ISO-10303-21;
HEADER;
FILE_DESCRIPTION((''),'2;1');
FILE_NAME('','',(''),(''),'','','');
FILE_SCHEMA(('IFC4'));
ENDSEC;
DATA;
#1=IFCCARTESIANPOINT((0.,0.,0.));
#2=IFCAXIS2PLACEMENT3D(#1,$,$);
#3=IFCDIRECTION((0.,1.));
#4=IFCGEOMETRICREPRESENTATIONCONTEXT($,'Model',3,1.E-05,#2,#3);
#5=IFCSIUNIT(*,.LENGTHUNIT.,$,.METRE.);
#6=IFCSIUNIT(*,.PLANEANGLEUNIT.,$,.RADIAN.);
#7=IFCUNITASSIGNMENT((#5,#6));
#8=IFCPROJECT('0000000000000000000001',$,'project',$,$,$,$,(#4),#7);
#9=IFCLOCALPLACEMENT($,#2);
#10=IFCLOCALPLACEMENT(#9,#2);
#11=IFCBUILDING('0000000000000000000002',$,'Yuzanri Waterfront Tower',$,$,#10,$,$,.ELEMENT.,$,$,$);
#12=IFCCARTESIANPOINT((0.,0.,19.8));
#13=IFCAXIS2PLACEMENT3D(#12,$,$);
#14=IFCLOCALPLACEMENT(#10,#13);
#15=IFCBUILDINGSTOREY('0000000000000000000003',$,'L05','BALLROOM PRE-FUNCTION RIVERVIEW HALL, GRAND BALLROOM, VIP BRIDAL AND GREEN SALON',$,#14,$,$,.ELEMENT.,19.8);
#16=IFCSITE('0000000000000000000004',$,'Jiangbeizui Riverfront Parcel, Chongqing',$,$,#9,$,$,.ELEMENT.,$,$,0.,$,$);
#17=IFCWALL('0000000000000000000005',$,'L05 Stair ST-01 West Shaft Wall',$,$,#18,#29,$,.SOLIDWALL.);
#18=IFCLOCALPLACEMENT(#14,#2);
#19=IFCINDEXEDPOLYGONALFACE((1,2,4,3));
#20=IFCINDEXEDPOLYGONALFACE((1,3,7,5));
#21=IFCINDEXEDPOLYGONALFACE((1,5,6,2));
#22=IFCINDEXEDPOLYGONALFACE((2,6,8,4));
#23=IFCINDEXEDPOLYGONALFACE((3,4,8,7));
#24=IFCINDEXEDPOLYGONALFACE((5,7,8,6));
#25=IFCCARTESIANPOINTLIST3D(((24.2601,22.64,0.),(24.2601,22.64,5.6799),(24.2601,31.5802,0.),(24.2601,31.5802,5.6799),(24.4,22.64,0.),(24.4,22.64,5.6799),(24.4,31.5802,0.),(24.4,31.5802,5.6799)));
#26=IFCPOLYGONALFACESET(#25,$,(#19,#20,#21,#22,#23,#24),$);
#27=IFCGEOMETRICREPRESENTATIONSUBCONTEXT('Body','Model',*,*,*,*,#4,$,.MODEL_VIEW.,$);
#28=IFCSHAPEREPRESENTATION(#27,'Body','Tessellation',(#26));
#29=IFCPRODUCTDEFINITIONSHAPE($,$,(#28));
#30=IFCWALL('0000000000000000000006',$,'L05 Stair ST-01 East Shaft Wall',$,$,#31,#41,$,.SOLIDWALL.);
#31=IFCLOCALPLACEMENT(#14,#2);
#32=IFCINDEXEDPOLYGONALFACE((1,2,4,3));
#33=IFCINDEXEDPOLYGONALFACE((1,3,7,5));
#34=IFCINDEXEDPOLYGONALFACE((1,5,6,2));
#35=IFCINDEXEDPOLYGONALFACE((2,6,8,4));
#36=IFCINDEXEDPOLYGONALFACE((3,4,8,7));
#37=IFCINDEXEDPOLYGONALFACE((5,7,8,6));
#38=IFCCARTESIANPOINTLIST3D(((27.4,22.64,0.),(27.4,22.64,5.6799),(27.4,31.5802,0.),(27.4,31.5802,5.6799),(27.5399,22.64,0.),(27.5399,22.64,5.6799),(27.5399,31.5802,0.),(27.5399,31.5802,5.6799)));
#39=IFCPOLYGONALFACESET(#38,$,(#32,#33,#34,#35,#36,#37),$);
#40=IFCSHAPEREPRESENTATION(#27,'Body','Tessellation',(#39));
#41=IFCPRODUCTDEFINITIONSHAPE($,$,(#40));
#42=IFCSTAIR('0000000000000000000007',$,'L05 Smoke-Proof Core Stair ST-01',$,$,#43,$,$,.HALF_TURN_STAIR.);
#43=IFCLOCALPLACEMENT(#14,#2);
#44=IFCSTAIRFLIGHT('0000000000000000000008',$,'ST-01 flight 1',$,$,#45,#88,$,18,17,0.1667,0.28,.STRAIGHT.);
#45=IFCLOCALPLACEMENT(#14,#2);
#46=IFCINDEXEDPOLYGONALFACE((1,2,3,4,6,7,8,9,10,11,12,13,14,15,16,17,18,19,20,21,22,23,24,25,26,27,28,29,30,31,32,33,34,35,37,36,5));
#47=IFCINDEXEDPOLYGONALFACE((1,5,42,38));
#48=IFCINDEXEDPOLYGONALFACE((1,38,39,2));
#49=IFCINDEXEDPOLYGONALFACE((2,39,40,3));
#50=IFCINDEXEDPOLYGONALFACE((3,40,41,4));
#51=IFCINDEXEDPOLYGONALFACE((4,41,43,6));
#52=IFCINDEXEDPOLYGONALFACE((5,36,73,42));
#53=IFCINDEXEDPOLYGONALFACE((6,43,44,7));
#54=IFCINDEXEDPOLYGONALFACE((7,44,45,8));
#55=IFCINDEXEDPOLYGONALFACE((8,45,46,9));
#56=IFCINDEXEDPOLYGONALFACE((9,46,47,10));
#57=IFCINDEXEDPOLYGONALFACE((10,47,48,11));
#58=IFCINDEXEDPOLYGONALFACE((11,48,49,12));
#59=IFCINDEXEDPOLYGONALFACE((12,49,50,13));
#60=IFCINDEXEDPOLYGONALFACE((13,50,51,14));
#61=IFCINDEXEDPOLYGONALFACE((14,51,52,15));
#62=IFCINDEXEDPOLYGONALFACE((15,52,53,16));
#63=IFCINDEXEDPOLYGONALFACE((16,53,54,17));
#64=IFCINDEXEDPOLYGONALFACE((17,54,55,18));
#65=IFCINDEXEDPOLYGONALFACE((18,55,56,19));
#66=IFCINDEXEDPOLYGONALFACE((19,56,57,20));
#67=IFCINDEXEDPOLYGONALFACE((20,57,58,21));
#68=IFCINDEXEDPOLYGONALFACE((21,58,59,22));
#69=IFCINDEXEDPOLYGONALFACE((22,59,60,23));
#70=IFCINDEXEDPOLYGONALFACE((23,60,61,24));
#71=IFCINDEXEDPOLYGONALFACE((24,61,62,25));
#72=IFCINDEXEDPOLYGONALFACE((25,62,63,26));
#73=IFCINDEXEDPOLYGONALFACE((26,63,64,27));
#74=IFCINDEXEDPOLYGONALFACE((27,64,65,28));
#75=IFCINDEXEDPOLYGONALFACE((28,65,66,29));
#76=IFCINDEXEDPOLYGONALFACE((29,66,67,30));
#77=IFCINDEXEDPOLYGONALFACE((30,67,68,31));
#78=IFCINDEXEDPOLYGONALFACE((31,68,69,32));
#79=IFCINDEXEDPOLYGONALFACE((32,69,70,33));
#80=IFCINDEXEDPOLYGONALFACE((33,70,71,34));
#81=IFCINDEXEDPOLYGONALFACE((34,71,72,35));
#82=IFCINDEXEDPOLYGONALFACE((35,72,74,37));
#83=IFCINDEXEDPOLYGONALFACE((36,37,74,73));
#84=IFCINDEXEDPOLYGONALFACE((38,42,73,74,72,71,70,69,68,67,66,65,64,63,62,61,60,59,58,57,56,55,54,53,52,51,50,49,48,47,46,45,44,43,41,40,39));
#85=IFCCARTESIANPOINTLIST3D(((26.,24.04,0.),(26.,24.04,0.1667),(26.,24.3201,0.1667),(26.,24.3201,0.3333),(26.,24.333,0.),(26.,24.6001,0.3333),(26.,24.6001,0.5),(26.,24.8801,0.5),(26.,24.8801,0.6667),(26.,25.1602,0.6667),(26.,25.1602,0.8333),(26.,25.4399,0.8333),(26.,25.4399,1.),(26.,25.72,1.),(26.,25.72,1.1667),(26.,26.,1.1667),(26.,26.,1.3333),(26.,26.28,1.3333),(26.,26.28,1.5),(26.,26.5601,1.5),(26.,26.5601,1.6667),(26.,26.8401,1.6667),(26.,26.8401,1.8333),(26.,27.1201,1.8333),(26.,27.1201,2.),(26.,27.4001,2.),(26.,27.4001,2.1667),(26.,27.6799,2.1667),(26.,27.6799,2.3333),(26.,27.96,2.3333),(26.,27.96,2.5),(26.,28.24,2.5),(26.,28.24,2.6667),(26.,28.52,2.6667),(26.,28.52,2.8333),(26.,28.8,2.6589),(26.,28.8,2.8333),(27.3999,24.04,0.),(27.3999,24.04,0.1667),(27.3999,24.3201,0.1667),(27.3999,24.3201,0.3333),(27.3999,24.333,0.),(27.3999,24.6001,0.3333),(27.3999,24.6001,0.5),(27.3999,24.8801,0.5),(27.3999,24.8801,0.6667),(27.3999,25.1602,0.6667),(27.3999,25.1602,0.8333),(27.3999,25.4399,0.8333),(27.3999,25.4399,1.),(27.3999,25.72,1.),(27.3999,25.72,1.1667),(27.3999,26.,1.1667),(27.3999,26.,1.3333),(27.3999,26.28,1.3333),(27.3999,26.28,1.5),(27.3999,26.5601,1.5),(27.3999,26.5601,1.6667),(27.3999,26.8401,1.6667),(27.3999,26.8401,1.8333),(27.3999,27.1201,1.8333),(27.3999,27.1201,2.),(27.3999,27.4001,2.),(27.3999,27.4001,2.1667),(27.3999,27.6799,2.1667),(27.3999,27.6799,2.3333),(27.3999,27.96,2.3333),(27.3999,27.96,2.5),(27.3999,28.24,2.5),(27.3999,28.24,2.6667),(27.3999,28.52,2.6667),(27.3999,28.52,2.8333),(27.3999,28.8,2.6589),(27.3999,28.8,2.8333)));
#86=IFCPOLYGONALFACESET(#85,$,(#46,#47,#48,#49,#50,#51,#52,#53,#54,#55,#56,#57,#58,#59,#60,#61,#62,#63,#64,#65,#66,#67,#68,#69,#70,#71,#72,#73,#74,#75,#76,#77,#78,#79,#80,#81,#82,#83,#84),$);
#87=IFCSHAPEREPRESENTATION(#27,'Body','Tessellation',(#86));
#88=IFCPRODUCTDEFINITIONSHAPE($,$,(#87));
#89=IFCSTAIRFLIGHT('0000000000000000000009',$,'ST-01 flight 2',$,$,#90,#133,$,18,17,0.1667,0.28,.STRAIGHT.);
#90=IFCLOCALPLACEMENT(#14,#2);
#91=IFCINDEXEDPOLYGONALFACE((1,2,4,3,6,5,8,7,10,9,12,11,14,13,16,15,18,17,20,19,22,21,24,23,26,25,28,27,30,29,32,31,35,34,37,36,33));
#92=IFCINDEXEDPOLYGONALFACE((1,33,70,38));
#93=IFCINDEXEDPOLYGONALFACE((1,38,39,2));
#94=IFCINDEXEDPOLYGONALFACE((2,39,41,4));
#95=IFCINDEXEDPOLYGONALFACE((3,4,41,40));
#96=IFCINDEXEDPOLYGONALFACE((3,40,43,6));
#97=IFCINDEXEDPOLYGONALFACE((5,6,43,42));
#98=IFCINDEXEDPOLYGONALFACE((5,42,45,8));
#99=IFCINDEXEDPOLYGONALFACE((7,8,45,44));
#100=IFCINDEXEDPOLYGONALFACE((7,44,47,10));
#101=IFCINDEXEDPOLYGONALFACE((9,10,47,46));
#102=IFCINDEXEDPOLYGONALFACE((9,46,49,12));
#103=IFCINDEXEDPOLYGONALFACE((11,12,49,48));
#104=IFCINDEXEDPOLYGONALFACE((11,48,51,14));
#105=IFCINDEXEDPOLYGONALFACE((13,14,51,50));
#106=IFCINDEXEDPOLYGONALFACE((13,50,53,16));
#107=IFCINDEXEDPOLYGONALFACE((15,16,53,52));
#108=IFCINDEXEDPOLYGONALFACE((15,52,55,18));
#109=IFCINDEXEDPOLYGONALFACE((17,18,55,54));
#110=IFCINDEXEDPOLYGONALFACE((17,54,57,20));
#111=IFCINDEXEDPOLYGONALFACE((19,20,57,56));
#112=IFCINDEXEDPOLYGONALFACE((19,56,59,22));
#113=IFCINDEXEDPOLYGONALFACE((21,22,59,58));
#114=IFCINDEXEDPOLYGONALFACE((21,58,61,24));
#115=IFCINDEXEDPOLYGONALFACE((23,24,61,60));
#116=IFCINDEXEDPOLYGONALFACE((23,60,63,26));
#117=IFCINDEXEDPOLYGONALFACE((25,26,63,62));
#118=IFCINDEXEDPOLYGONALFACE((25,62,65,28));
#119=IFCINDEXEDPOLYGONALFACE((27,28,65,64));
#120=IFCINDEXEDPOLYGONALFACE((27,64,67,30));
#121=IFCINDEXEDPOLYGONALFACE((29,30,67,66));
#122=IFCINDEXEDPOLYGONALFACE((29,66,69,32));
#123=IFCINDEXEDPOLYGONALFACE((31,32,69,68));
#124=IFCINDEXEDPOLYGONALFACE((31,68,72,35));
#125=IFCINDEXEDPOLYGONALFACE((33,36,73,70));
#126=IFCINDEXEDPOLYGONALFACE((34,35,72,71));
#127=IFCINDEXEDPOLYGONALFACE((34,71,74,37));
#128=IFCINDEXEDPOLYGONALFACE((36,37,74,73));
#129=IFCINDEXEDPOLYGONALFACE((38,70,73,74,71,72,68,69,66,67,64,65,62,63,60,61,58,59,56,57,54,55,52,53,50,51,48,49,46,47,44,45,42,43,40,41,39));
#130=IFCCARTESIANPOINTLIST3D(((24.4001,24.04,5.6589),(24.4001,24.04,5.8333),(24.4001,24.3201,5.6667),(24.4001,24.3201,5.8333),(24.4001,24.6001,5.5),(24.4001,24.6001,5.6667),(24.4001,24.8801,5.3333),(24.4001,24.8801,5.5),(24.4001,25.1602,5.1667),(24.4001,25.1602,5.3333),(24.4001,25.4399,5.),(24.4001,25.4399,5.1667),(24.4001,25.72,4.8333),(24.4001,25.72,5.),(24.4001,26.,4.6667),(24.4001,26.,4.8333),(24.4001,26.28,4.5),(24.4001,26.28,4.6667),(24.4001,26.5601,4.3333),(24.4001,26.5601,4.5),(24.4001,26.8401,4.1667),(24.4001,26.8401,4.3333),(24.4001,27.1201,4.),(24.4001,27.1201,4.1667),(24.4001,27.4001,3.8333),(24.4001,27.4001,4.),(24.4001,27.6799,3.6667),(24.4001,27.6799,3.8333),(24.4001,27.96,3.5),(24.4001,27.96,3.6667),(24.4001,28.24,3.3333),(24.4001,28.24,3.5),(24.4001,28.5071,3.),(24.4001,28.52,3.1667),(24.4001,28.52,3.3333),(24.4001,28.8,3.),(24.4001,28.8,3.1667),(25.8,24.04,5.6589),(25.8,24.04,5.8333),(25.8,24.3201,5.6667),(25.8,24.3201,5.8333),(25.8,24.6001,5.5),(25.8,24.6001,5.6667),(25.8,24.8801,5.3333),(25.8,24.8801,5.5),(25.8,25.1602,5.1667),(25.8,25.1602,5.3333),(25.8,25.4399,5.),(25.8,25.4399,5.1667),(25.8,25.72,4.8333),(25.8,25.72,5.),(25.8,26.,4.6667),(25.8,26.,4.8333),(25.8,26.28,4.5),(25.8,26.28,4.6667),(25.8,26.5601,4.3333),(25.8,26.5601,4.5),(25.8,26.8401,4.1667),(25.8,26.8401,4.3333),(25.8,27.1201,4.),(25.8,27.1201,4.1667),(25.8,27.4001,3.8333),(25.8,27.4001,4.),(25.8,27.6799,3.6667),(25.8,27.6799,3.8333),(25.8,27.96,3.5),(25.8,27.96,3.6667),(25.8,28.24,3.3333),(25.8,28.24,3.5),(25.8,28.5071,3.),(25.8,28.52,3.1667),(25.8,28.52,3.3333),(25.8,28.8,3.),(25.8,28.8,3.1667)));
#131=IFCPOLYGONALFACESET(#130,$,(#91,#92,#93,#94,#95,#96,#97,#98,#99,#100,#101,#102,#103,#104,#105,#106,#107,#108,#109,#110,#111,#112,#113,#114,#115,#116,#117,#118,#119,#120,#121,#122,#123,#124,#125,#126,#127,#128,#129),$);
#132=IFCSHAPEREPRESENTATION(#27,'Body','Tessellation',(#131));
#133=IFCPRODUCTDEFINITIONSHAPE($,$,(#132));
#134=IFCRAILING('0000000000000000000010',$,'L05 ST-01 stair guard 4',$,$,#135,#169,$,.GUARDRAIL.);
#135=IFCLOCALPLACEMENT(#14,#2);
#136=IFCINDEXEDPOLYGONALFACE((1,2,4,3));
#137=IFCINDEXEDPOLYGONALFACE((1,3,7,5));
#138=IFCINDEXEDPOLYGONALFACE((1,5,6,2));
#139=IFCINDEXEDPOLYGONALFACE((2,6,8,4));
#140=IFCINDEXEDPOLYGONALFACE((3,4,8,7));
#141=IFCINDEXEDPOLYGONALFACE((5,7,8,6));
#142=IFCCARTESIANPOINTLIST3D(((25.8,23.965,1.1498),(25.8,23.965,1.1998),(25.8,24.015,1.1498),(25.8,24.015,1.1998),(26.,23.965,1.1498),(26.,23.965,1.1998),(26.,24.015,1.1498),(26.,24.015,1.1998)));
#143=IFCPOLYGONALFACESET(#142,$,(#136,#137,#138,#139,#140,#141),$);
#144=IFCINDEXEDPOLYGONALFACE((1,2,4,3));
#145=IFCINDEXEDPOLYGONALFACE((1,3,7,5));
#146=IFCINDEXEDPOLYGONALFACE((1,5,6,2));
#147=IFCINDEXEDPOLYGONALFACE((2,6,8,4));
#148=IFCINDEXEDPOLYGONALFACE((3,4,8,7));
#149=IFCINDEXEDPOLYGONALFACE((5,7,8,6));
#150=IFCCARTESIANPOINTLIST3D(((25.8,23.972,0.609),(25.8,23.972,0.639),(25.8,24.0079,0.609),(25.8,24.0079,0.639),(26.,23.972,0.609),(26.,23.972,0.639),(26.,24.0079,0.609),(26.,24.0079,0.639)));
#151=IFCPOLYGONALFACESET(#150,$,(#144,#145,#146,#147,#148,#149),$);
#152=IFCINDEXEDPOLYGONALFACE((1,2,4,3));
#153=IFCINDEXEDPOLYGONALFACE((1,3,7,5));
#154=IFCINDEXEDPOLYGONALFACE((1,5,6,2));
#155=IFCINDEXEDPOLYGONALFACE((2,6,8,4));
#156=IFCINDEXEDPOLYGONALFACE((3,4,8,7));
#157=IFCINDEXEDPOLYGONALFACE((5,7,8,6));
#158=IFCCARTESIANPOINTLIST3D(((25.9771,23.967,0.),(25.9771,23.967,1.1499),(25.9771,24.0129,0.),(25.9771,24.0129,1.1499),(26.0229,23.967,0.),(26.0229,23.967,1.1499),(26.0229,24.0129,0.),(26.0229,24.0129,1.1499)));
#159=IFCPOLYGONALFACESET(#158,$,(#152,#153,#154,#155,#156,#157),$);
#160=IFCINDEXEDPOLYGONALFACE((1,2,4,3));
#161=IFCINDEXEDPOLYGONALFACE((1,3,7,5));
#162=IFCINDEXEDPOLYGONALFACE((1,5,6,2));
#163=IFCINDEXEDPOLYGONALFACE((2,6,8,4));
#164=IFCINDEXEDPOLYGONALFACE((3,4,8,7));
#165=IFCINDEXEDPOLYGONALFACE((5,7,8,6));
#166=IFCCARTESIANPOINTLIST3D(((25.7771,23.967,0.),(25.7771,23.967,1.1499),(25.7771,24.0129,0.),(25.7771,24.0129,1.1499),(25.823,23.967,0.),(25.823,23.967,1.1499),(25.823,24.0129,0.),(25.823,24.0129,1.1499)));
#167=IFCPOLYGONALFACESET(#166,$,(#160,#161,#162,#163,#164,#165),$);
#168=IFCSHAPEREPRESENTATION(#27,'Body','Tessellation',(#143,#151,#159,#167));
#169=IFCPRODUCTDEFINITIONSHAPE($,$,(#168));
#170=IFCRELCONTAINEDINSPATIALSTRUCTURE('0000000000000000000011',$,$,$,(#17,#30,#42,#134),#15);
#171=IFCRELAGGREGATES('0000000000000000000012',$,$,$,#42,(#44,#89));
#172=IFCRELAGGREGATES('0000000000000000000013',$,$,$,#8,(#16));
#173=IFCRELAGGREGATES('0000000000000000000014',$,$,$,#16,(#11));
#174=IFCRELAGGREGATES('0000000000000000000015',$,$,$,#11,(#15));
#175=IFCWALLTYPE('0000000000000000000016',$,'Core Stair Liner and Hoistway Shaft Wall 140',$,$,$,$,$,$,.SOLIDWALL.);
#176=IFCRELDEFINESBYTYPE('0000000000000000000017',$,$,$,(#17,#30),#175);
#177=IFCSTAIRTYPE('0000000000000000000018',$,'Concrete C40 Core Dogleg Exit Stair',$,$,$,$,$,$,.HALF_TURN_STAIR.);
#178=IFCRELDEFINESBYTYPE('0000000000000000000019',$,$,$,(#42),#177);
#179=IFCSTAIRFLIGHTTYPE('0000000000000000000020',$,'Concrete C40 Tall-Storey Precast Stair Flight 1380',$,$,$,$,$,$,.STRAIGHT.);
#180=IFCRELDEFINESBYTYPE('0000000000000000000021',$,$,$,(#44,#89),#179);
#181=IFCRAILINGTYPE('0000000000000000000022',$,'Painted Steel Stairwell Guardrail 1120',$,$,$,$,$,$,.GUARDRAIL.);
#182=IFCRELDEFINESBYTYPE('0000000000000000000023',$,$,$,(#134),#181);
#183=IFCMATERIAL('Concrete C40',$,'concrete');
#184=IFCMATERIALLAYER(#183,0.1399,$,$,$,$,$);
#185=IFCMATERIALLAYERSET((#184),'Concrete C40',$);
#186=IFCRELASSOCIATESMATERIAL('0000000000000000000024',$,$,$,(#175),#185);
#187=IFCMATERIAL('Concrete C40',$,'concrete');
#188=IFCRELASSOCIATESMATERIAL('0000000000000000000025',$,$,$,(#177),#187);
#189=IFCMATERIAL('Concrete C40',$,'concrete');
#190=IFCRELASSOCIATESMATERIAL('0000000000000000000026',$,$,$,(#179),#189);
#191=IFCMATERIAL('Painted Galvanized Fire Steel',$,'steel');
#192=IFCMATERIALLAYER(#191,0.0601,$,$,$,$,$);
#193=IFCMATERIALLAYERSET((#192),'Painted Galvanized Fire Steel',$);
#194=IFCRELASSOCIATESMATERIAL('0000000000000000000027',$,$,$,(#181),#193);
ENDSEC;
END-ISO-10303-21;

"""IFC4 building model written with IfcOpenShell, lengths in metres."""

from ifc_helpers import new_model, si_unit, direction, frame, frame_2d, origin, origin_2d, place, context, subcontext, project, spatial, polyline, rectangle, outline, extrude, source, transform, mapped, material, layer, layer_set, type_object, element, aggregate, save


model = new_model("IFC4")

# Units and contexts
model_context = context("Model", 3, precision=1e-05, world=origin(), true_north=direction((0.0, 1.0)))
body_context = subcontext(model_context, "Body", "Model", "MODEL_VIEW")
ifc_project = project(units=[si_unit("LENGTHUNIT", "METRE"), si_unit("PLANEANGLEUNIT", "RADIAN")], contexts=[model_context])

# Site, building, storey
site_placement = place(None, origin())
site = spatial("IfcSite", under=ifc_project, at=site_placement, Name="Jiangbeizui Riverfront Parcel, Chongqing", CompositionType="ELEMENT", RefElevation=0.0)
building_placement = place(site_placement, origin())
building = spatial("IfcBuilding", under=site, at=building_placement, Name="Yuzanri Waterfront Tower", CompositionType="ELEMENT")
storey_placement = place(building_placement, frame((0.0, 0.0, 19.8)))
storey = spatial("IfcBuildingStorey", under=building, at=storey_placement, Name="L05", Description="BALLROOM PRE-FUNCTION RIVERVIEW HALL, GRAND BALLROOM, VIP BRIDAL AND GREEN SALON", CompositionType="ELEMENT", Elevation=19.8)

# Shared definitions
ifc_material_1 = material(Name="Concrete C40", Category="concrete")
ifc_layer_1 = layer(ifc_material_1, 0.1399)
ifc_layer_set_1 = layer_set([ifc_layer_1], Name="Concrete C40")
wall_type_1 = type_object("IfcWallType", Name="Core Stair Liner and Hoistway Shaft Wall 140", PredefinedType="SOLIDWALL", material=ifc_layer_set_1)

# Walls
shared_shape_1 = source(origin(), body_context, "Body", "SweptSolid", [
    extrude(rectangle(XDim=8.9402, YDim=0.1399, at=frame_2d((4.4702, 0.0))), origin(), (0.0, 0.0, 1.0), 5.6799),
])
for number, where, z_axis, x_axis, name in (
    (1, (24.3301, 22.6399, 0.0), (0.0, 0.0, 1.0), (0.0, 1.0, 0.0), "L05 Stair ST-01 West Shaft Wall"),
    (2, (27.47, 22.6399, 0.0), (0.0, 0.0, 1.0), (0.0, 1.0, 0.0), "L05 Stair ST-01 East Shaft Wall"),
):
    element("IfcWall", number, at=place(storey_placement, frame(where, z_axis=z_axis, x_axis=x_axis)), inside=storey, type_object=wall_type_1, Name=name, PredefinedType="SOLIDWALL", context=body_context, shape_type="MappedRepresentation", body=[
        mapped(shared_shape_1, transform((0.0, 0.0, 0.0), scale=1.0)),
    ])

# Stair, stair flights
ifc_material_2 = material(Name="Concrete C40", Category="concrete")
stair_type = type_object("IfcStairType", Name="Concrete C40 Core Dogleg Exit Stair", PredefinedType="HALF_TURN_STAIR", material=ifc_material_2)
stair_placement = place(storey_placement, origin())
stair = element("IfcStair", 3, at=stair_placement, inside=storey, type_object=stair_type, Name="L05 Smoke-Proof Core Stair ST-01", PredefinedType="HALF_TURN_STAIR")
ifc_material_3 = material(Name="Concrete C40", Category="concrete")
stair_flight_type = type_object("IfcStairFlightType", Name="Concrete C40 Tall-Storey Precast Stair Flight 1380", PredefinedType="STRAIGHT", material=ifc_material_3)
shared_shape_2 = source(origin(), body_context, "Body", "SweptSolid", [
    extrude(outline(polyline([(0.0, 0.0), (0.0, 0.1667), (0.28, 0.1667), (0.28, 0.3333), (0.5601, 0.3333), (0.5601, 0.5), (0.8401, 0.5), (0.8401, 0.6667), (1.1201, 0.6667), (1.1201, 0.8333), (1.3999, 0.8333), (1.3999, 1.0), (1.6799, 1.0), (1.6799, 1.1667), (1.96, 1.1667), (1.96, 1.3333), (2.24, 1.3333), (2.24, 1.5), (2.52, 1.5), (2.52, 1.6667), (2.8, 1.6667), (2.8, 1.8333), (3.0801, 1.8333), (3.0801, 2.0), (3.3601, 2.0), (3.3601, 2.1667), (3.6399, 2.1667), (3.6399, 2.3333), (3.9199, 2.3333), (3.9199, 2.5), (4.2, 2.5), (4.2, 2.6667), (4.48, 2.6667), (4.48, 2.8333), (4.76, 2.8333), (4.76, 3.0), (4.76, 2.6589), (0.293, 0.0), (0.0, 0.0)])), frame((0.0, 0.7, 0.0), z_axis=(0.0, -1.0, 0.0), x_axis=(1.0, 0.0, 0.0)), (0.0, 0.0, 1.0), 1.3999),
])
stair_flight_1_placement = place(storey_placement, frame((26.7, 24.04, 0.0), z_axis=(0.0, 0.0, 1.0), x_axis=(0.0, 1.0, 0.0)))
stair_flight_1 = element("IfcStairFlight", 4, at=stair_flight_1_placement, type_object=stair_flight_type, Name="ST-01 flight 1", NumberOfRisers=18, NumberOfTreads=17, PredefinedType="STRAIGHT", RiserHeight=0.1667, TreadLength=0.28, context=body_context, shape_type="MappedRepresentation", body=[
    mapped(shared_shape_2, transform((0.0, 0.0, 0.0), scale=1.0)),
])
stair_flight_2_placement = place(storey_placement, frame((25.1001, 28.8, 3.0), z_axis=(0.0, 0.0, 1.0), x_axis=(0.0, -1.0, 0.0)))
stair_flight_2 = element("IfcStairFlight", 5, at=stair_flight_2_placement, type_object=stair_flight_type, Name="ST-01 flight 2", NumberOfRisers=18, NumberOfTreads=17, PredefinedType="STRAIGHT", RiserHeight=0.1667, TreadLength=0.28, context=body_context, shape_type="MappedRepresentation", body=[
    mapped(shared_shape_2, transform((0.0, 0.0, 0.0), scale=1.0)),
])
aggregate(stair, [stair_flight_1, stair_flight_2])

# Railing
ifc_material_4 = material(Name="Painted Galvanized Fire Steel", Category="steel")
ifc_layer_2 = layer(ifc_material_4, 0.0601)
ifc_layer_set_2 = layer_set([ifc_layer_2], Name="Painted Galvanized Fire Steel")
railing_type_1 = type_object("IfcRailingType", Name="Painted Steel Stairwell Guardrail 1120", PredefinedType="GUARDRAIL", material=ifc_layer_set_2)
shared_shape_3 = source(origin(), body_context, "Body", "SweptSolid", [
    extrude(rectangle(XDim=0.05, YDim=0.05, at=origin_2d()), frame((0.0, 0.0, 1.1748), z_axis=(-1.0, 0.0, 0.0), x_axis=(0.0, -1.0, 0.0)), (0.0, 0.0, 1.0), 0.2),
    extrude(rectangle(XDim=0.0359, YDim=0.03, at=origin_2d()), frame((0.0, 0.0, 0.624), z_axis=(-1.0, 0.0, 0.0), x_axis=(0.0, -1.0, 0.0)), (0.0, 0.0, 1.0), 0.2),
    extrude(rectangle(XDim=0.0459, YDim=0.0459, at=origin_2d()), origin(), (0.0, 0.0, 1.0), 1.1499),
    extrude(rectangle(XDim=0.0459, YDim=0.0459, at=origin_2d()), frame((-0.2, 0.0, 0.0)), (0.0, 0.0, 1.0), 1.1499),
])
railing_1_placement = place(storey_placement, frame((26.0, 23.99, 0.0)))
element("IfcRailing", 6, at=railing_1_placement, inside=storey, type_object=railing_type_1, Name="L05 ST-01 stair guard 4", PredefinedType="GUARDRAIL", context=body_context, shape_type="MappedRepresentation", body=[
    mapped(shared_shape_3, transform((0.0, 0.0, 0.0), scale=1.0)),
])

save(model, "model.ifc")
